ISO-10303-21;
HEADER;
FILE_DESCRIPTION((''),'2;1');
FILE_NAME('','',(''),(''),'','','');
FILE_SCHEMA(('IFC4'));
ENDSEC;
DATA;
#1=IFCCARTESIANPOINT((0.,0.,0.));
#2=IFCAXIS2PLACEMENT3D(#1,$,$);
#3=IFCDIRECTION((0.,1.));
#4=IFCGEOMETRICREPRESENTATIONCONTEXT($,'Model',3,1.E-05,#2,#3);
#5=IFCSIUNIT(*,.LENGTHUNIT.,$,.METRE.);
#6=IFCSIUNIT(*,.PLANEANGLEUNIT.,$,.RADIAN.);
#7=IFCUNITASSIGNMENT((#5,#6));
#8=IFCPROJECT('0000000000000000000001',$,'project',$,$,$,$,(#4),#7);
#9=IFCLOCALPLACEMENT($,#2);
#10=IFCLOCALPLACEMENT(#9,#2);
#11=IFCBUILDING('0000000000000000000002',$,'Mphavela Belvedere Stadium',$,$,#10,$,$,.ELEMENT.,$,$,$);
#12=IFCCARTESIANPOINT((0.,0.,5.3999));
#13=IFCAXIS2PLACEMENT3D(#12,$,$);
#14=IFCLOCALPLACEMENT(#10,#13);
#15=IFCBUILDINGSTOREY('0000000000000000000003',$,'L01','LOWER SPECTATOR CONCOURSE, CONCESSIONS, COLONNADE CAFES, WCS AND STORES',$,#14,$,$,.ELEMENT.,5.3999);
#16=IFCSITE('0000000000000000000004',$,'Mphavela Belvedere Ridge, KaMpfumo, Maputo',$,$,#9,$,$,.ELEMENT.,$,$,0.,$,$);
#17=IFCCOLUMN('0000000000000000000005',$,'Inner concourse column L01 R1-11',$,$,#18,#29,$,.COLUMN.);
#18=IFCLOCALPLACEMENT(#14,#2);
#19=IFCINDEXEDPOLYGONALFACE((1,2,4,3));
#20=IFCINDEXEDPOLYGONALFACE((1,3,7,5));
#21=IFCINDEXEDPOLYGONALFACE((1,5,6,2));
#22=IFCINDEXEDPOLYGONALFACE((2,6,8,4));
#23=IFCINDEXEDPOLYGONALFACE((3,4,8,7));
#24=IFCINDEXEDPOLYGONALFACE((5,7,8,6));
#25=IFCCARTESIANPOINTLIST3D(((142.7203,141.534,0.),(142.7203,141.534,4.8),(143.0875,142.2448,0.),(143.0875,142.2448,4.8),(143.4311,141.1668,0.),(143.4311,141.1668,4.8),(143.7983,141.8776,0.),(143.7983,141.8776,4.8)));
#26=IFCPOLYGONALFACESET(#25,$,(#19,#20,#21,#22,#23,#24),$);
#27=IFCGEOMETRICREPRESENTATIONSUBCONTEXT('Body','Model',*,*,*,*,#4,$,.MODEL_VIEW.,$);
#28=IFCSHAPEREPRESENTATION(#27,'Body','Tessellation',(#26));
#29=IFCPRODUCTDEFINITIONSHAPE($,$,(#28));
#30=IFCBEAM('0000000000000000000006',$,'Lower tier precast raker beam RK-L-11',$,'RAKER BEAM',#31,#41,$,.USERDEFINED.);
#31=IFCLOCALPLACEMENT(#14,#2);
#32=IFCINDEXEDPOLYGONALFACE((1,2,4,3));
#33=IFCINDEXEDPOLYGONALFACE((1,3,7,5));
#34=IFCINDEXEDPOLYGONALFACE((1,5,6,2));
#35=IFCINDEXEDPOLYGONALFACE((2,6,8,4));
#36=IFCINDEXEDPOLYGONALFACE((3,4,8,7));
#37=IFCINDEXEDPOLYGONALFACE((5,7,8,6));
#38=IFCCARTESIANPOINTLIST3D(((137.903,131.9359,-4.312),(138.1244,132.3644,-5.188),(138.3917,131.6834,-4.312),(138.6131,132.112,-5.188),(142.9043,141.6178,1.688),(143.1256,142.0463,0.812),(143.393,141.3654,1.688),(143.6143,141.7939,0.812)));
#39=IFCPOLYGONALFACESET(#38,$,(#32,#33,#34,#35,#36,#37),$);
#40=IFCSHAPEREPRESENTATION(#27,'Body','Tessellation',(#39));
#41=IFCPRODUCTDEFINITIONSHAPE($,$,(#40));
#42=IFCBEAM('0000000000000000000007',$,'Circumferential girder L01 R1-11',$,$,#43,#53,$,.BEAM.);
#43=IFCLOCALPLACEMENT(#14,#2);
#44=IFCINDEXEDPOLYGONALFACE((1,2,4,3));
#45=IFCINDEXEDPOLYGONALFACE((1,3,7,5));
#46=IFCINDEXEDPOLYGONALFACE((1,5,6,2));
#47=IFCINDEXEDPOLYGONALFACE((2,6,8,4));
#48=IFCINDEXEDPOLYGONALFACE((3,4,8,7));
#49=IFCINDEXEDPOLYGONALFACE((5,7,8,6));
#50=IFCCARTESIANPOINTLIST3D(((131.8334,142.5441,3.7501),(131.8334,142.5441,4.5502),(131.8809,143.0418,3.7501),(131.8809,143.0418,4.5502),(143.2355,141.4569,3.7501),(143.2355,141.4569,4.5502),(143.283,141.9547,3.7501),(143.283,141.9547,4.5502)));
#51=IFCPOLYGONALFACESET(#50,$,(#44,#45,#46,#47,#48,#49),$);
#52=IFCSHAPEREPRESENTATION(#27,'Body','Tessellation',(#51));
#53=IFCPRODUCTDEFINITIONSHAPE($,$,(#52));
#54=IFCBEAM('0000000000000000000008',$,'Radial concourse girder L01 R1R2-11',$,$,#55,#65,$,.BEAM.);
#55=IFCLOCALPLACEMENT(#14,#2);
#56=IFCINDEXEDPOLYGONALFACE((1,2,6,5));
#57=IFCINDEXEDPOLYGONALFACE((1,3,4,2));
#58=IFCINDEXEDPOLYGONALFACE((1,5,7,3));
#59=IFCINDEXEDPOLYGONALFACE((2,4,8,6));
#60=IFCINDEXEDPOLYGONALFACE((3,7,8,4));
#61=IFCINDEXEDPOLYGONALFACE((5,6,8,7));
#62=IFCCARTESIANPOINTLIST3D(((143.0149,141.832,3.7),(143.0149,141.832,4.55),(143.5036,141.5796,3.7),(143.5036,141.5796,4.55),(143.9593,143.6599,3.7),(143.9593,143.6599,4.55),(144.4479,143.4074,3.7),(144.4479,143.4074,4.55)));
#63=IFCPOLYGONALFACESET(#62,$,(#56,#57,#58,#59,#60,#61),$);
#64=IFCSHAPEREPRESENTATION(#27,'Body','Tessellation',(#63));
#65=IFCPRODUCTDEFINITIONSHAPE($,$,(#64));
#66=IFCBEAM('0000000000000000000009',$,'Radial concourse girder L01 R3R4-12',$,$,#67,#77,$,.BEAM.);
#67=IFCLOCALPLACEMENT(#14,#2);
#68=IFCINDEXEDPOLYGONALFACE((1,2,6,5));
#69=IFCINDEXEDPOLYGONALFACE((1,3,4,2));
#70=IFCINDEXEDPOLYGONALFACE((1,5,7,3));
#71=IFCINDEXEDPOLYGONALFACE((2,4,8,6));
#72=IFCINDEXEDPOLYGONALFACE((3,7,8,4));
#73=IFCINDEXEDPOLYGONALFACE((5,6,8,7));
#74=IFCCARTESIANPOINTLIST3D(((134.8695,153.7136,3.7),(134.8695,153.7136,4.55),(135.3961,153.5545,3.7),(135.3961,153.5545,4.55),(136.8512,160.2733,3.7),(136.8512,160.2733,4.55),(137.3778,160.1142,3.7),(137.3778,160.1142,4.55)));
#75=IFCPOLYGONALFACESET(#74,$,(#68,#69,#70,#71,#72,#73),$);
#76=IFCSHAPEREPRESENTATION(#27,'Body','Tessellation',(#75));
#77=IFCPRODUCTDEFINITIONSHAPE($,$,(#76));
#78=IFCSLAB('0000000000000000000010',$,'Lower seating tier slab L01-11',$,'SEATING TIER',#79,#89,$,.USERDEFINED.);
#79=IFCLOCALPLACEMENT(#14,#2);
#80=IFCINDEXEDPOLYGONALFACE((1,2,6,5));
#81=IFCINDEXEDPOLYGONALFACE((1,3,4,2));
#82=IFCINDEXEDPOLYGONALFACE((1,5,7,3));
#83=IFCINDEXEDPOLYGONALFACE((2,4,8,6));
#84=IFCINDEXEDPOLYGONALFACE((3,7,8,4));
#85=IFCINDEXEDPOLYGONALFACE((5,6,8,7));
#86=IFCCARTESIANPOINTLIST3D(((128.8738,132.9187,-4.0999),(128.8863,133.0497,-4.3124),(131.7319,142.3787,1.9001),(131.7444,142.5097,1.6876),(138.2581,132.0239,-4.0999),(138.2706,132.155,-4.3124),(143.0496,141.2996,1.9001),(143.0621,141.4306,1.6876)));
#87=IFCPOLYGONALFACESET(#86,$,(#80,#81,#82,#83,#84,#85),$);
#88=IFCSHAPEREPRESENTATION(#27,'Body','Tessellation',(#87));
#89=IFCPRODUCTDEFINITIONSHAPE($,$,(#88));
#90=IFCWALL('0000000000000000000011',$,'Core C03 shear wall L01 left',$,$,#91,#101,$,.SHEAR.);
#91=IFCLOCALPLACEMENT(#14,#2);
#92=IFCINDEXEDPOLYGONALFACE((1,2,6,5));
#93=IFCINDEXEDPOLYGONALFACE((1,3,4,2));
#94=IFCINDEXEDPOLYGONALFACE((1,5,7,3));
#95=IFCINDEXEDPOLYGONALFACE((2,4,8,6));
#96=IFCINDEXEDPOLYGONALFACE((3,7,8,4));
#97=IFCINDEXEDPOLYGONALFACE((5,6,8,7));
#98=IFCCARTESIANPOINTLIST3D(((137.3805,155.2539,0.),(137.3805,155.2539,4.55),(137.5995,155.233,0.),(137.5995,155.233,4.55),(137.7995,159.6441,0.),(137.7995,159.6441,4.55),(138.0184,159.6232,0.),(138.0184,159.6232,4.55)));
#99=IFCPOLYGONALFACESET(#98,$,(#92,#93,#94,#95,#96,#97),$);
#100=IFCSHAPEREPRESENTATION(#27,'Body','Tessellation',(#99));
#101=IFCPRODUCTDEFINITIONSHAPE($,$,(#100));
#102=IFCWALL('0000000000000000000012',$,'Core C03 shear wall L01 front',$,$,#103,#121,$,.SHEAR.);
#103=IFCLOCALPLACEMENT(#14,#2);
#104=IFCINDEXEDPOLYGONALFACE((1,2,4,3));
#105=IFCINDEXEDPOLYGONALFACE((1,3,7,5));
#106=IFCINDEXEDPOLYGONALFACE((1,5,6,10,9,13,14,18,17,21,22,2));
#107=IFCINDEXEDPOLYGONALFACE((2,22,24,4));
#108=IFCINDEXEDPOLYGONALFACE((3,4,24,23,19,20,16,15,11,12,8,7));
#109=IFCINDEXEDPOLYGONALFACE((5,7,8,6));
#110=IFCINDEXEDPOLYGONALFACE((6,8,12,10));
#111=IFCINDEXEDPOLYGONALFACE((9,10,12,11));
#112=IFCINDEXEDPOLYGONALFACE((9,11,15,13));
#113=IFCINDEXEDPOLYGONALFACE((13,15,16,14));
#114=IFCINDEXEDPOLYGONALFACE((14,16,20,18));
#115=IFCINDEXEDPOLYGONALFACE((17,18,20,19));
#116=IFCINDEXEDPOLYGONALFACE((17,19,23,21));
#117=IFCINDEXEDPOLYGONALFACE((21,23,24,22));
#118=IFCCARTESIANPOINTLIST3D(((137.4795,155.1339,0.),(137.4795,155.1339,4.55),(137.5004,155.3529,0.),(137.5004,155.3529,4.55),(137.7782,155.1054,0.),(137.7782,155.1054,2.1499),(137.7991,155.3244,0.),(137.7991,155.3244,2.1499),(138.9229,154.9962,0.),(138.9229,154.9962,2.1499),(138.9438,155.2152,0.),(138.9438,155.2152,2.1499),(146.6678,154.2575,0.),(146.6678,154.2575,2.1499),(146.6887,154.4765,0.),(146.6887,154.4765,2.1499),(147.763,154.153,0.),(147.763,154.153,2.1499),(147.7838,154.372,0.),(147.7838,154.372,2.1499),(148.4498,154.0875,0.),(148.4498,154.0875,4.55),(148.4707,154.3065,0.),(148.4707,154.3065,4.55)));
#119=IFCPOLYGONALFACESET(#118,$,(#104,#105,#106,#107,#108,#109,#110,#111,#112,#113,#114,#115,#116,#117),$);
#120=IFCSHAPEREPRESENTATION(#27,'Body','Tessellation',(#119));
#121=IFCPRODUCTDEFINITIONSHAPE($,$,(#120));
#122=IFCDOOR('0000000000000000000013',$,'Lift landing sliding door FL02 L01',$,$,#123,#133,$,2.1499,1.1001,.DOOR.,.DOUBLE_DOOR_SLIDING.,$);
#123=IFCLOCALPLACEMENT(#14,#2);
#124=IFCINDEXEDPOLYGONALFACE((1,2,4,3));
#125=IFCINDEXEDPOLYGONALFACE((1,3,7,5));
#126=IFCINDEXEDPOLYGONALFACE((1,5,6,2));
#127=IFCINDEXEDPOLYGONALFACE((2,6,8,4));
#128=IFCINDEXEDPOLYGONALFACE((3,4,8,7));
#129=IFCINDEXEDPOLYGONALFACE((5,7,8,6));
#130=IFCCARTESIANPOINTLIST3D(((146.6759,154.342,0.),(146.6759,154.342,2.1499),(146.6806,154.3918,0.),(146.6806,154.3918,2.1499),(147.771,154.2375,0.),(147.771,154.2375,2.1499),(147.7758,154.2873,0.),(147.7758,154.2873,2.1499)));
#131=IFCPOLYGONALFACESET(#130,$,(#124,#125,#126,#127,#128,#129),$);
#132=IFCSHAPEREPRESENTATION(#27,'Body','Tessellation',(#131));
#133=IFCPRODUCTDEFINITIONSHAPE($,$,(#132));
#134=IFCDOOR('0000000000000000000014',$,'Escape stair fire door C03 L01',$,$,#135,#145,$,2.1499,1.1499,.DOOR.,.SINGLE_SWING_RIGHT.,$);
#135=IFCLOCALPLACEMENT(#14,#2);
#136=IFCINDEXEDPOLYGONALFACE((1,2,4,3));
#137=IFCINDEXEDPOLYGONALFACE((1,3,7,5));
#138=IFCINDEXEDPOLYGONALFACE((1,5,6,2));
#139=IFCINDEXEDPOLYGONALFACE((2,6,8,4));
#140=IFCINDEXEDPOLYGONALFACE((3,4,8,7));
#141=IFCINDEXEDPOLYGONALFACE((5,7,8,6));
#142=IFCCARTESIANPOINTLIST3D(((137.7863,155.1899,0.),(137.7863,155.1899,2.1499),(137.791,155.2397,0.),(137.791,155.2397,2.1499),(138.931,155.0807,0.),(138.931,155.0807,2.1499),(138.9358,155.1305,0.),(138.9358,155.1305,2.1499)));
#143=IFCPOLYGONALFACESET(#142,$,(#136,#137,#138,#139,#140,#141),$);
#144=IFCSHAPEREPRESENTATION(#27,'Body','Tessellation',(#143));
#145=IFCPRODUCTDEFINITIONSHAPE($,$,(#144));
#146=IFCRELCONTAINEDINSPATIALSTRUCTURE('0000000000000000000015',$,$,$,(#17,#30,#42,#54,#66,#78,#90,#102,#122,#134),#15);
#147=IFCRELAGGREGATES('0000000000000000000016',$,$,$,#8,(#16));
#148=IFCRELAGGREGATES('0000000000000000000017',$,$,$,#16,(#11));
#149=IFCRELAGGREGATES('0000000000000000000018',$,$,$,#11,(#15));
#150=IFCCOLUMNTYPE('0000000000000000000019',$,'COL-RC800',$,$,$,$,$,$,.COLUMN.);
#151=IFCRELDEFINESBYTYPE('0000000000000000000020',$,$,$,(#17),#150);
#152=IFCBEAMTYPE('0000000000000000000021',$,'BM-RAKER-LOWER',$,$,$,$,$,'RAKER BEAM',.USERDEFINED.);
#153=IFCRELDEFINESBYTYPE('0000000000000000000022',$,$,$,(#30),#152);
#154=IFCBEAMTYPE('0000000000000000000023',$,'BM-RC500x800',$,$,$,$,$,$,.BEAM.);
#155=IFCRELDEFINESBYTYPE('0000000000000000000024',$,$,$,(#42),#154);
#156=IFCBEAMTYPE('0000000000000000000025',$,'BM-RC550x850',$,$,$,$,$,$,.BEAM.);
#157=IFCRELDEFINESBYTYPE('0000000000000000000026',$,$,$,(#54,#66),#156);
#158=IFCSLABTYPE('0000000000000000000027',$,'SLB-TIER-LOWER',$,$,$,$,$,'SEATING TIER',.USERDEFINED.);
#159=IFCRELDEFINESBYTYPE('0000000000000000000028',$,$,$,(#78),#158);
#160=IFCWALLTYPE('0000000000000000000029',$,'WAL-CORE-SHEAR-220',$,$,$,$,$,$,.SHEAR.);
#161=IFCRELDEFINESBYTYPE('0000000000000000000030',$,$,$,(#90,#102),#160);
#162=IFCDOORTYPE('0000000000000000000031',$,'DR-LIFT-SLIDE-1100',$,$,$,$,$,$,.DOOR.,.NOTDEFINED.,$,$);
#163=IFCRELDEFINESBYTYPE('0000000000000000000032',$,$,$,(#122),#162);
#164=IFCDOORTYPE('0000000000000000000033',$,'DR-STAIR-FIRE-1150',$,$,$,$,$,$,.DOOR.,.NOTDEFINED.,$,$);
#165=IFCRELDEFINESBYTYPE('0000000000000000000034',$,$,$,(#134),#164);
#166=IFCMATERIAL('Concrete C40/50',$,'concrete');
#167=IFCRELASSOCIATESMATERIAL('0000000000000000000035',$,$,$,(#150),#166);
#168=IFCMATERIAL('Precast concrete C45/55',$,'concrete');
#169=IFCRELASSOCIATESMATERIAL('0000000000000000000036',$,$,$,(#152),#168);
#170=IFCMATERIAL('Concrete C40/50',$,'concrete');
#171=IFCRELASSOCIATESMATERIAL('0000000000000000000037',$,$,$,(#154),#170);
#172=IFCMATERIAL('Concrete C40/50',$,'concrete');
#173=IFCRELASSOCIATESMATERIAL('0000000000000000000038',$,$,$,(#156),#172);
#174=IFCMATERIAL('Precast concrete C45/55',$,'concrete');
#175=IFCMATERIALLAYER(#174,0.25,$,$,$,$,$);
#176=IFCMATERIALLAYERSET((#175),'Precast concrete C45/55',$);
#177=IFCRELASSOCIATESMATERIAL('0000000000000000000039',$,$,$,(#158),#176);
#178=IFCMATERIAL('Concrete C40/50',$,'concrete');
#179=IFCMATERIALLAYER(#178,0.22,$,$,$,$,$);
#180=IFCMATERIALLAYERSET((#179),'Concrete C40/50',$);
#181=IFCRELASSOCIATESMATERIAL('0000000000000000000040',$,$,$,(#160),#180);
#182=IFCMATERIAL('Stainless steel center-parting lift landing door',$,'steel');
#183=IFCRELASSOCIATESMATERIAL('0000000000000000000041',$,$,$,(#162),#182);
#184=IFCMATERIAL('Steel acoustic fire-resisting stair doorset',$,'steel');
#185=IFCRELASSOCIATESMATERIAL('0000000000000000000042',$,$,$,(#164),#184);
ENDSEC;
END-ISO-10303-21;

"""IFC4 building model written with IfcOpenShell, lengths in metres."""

from ifc_helpers import new_model, si_unit, direction, frame, frame_2d, origin, origin_2d, place, context, subcontext, project, spatial, polyline, rectangle, outline, extrude, material, layer, layer_set, material_profile, profile_set, type_object, element, fill, save


model = new_model("IFC4")

# Units and contexts
model_context = context("Model", 3, precision=1e-05, world=origin(), true_north=direction((0.0, 1.0)))
body_context = subcontext(model_context, "Body", "Model", "MODEL_VIEW")
ifc_project = project(units=[si_unit("LENGTHUNIT", "METRE"), si_unit("PLANEANGLEUNIT", "RADIAN")], contexts=[model_context])

# Site, building, storey
site_placement = place(None, origin())
site = spatial("IfcSite", under=ifc_project, at=site_placement, Name="Mphavela Belvedere Ridge, KaMpfumo, Maputo", CompositionType="ELEMENT", RefElevation=0.0)
building_placement = place(site_placement, origin())
building = spatial("IfcBuilding", under=site, at=building_placement, Name="Mphavela Belvedere Stadium", CompositionType="ELEMENT")
storey_placement = place(building_placement, frame((0.0, 0.0, 5.3999)))
storey = spatial("IfcBuildingStorey", under=building, at=storey_placement, Name="L01", Description="LOWER SPECTATOR CONCOURSE, CONCESSIONS, COLONNADE CAFES, WCS AND STORES", CompositionType="ELEMENT", Elevation=5.3999)

# Column
ifc_material_1 = material(Name="Concrete C40/50", Category="concrete")
ifc_material_profile_1 = material_profile(ifc_material_1, rectangle(XDim=0.8, YDim=0.8, at=origin_2d()), Name="RC 800x800")
ifc_profile_set_1 = profile_set([ifc_material_profile_1], Name="Concrete C40/50")
column_type = type_object("IfcColumnType", Name="COL-RC800", PredefinedType="COLUMN", material=ifc_profile_set_1)
column_placement = place(storey_placement, frame((143.2593, 141.7058, 0.0), z_axis=(0.0, 0.0, 1.0), x_axis=(0.45896, 0.888457, 0.0)))
element("IfcColumn", 1, at=column_placement, inside=storey, type_object=column_type, Name="Inner concourse column L01 R1-11", PredefinedType="COLUMN", context=body_context, shape_type="SweptSolid", body=[
    extrude(rectangle(XDim=0.8, YDim=0.8, at=origin_2d()), origin(), (0.0, 0.0, 1.0), 4.8),
])

# Beams
ifc_material_2 = material(Name="Precast concrete C45/55", Category="concrete")
ifc_material_profile_2 = material_profile(ifc_material_2, rectangle(XDim=0.55, YDim=1.0, at=origin_2d()), Name="PC 550x1000")
ifc_profile_set_2 = profile_set([ifc_material_profile_2], Name="Precast concrete C45/55")
beam_type_1 = type_object("IfcBeamType", Name="BM-RAKER-LOWER", ElementType="RAKER BEAM", PredefinedType="USERDEFINED", material=ifc_profile_set_2)
beam_1_placement = place(storey_placement, frame((138.2581, 132.0239, -4.75), z_axis=(0.402031, 0.778293, 0.482319), x_axis=(-0.888467, 0.458941, 0.0)))
element("IfcBeam", 2, at=beam_1_placement, inside=storey, type_object=beam_type_1, Name="Lower tier precast raker beam RK-L-11", ObjectType="RAKER BEAM", PredefinedType="USERDEFINED", context=body_context, shape_type="SweptSolid", body=[
    extrude(rectangle(XDim=0.55, YDim=1.0, at=origin_2d()), origin(), (0.0, 0.0, 1.0), 12.4399),
])
ifc_material_3 = material(Name="Concrete C40/50", Category="concrete")
ifc_material_profile_3 = material_profile(ifc_material_3, rectangle(XDim=0.5, YDim=0.8, at=origin_2d()), Name="RC 500x800")
ifc_profile_set_3 = profile_set([ifc_material_profile_3], Name="Concrete C40/50")
beam_type_2 = type_object("IfcBeamType", Name="BM-RC500x800", PredefinedType="BEAM", material=ifc_profile_set_3)
beam_2_placement = place(storey_placement, frame((143.2593, 141.7058, 4.1501), z_axis=(-0.995485, 0.094917, 0.0), x_axis=(-0.094917, -0.995485, 0.0)))
element("IfcBeam", 3, at=beam_2_placement, inside=storey, type_object=beam_type_2, Name="Circumferential girder L01 R1-11", PredefinedType="BEAM", context=body_context, shape_type="SweptSolid", body=[
    extrude(rectangle(XDim=0.5, YDim=0.8, at=origin_2d()), origin(), (0.0, 0.0, 1.0), 11.4539),
])
ifc_material_4 = material(Name="Concrete C40/50", Category="concrete")
ifc_material_profile_4 = material_profile(ifc_material_4, rectangle(XDim=0.55, YDim=0.8501, at=origin_2d()), Name="RC 550x850")
ifc_profile_set_4 = profile_set([ifc_material_profile_4], Name="Concrete C40/50")
beam_type_3 = type_object("IfcBeamType", Name="BM-RC550x850", PredefinedType="BEAM", material=ifc_profile_set_4)
beam_3_placement = place(storey_placement, frame((143.2593, 141.7058, 4.125), z_axis=(0.458994, 0.88844, 0.0), x_axis=(-0.88844, 0.458994, 0.0)))
element("IfcBeam", 4, at=beam_3_placement, inside=storey, type_object=beam_type_3, Name="Radial concourse girder L01 R1R2-11", PredefinedType="BEAM", context=body_context, shape_type="SweptSolid", body=[
    extrude(rectangle(XDim=0.55, YDim=0.8501, at=origin_2d()), origin(), (0.0, 0.0, 1.0), 2.0574),
])
beam_4_placement = place(storey_placement, frame((135.1328, 153.634, 4.125), z_axis=(0.289188, 0.957272, 0.0), x_axis=(-0.957272, 0.289188, 0.0)))
element("IfcBeam", 5, at=beam_4_placement, inside=storey, type_object=beam_type_3, Name="Radial concourse girder L01 R3R4-12", PredefinedType="BEAM", context=body_context, shape_type="SweptSolid", body=[
    extrude(rectangle(XDim=0.55, YDim=0.8501, at=origin_2d()), origin(), (0.0, 0.0, 1.0), 6.8525),
])

# Slab
ifc_material_5 = material(Name="Precast concrete C45/55", Category="concrete")
ifc_layer_1 = layer(ifc_material_5, 0.25)
ifc_layer_set_1 = layer_set([ifc_layer_1], Name="Precast concrete C45/55")
slab_type = type_object("IfcSlabType", Name="SLB-TIER-LOWER", ElementType="SEATING TIER", PredefinedType="USERDEFINED", material=ifc_layer_set_1)
slab_placement = place(storey_placement, frame((138.2581, 132.0239, -4.0999), z_axis=(-0.049974, -0.524125, 0.850174), x_axis=(-0.995485, 0.094918, 0.0)))
element("IfcSlab", 6, at=slab_placement, inside=storey, type_object=slab_type, Name="Lower seating tier slab L01-11", ObjectType="SEATING TIER", PredefinedType="USERDEFINED", context=body_context, shape_type="SweptSolid", body=[
    extrude(outline(polyline([(0.0, 0.0), (9.4268, 0.0), (7.4795, -11.396), (-3.8894, -11.396), (0.0, 0.0)])), origin(), (0.0, 0.0, -1.0), 0.25),
])

# Wall
ifc_material_6 = material(Name="Concrete C40/50", Category="concrete")
ifc_layer_2 = layer(ifc_material_6, 0.22)
ifc_layer_set_2 = layer_set([ifc_layer_2], Name="Concrete C40/50")
wall_type_1 = type_object("IfcWallType", Name="WAL-CORE-SHEAR-220", PredefinedType="SHEAR", material=ifc_layer_set_2)
wall_1_placement = place(storey_placement, frame((137.49, 155.2434, 0.0), z_axis=(0.0, 0.0, 1.0), x_axis=(0.094997, 0.995478, 0.0)))
element("IfcWall", 7, at=wall_1_placement, inside=storey, type_object=wall_type_1, Name="Core C03 shear wall L01 left", PredefinedType="SHEAR", context=body_context, shape_type="SweptSolid", body=[
    extrude(rectangle(XDim=4.4102, YDim=0.22, at=frame_2d((2.2051, 0.0))), origin(), (0.0, 0.0, 1.0), 4.55),
])

# Wall, openings, doors
wall_2_placement = place(storey_placement, frame((137.49, 155.2434, 0.0), z_axis=(0.0, 0.0, 1.0), x_axis=(0.995482, -0.094953, 0.0)))
wall_2 = element("IfcWall", 8, at=wall_2_placement, inside=storey, type_object=wall_type_1, Name="Core C03 shear wall L01 front", PredefinedType="SHEAR", context=body_context, shape_type="SweptSolid", body=[
    extrude(rectangle(XDim=11.02, YDim=0.22, at=frame_2d((5.51, 0.0))), origin(), (0.0, 0.0, 1.0), 4.55),
])
opening_1_placement = place(wall_2_placement, frame((0.3, 0.0, 0.0)))
opening_1 = element("IfcOpeningElement", 9, at=opening_1_placement, cuts=wall_2, PredefinedType="OPENING", context=body_context, shape_type="SweptSolid", body=[
    extrude(rectangle(XDim=1.1499, YDim=2.1499, at=frame_2d((0.575, 1.075))), frame((0.0, 0.1201, 0.0), z_axis=(0.0, -1.0, 0.0), x_axis=(1.0, 0.0, 0.0)), (0.0, 0.0, 1.0), 0.24),
])
opening_2_placement = place(wall_2_placement, frame((9.23, 0.0, 0.0)))
opening_2 = element("IfcOpeningElement", 10, at=opening_2_placement, cuts=wall_2, PredefinedType="OPENING", context=body_context, shape_type="SweptSolid", body=[
    extrude(rectangle(XDim=1.1001, YDim=2.1499, at=frame_2d((0.55, 1.075))), frame((0.0, 0.1201, 0.0), z_axis=(0.0, -1.0, 0.0), x_axis=(1.0, 0.0, 0.0)), (0.0, 0.0, 1.0), 0.24),
])
ifc_material_7 = material(Name="Stainless steel center-parting lift landing door", Category="steel")
door_type_1 = type_object("IfcDoorType", Name="DR-LIFT-SLIDE-1100", OperationType="NOTDEFINED", PredefinedType="DOOR", material=ifc_material_7)
door_1_placement = place(opening_2_placement, origin())
door_1 = element("IfcDoor", 11, at=door_1_placement, inside=storey, type_object=door_type_1, Name="Lift landing sliding door FL02 L01", OperationType="DOUBLE_DOOR_SLIDING", OverallHeight=2.1499, OverallWidth=1.1001, PredefinedType="DOOR", context=body_context, shape_type="SweptSolid", body=[
    extrude(rectangle(XDim=1.1001, YDim=2.1499, at=frame_2d((0.55, 1.075))), frame((0.0, 0.0249, 0.0), z_axis=(0.0, -1.0, 0.0), x_axis=(1.0, 0.0, 0.0)), (0.0, 0.0, 1.0), 0.05),
])
fill(opening_2, door_1)
ifc_material_8 = material(Name="Steel acoustic fire-resisting stair doorset", Category="steel")
door_type_2 = type_object("IfcDoorType", Name="DR-STAIR-FIRE-1150", OperationType="NOTDEFINED", PredefinedType="DOOR", material=ifc_material_8)
door_2_placement = place(opening_1_placement, origin())
door_2 = element("IfcDoor", 12, at=door_2_placement, inside=storey, type_object=door_type_2, Name="Escape stair fire door C03 L01", OperationType="SINGLE_SWING_RIGHT", OverallHeight=2.1499, OverallWidth=1.1499, PredefinedType="DOOR", context=body_context, shape_type="SweptSolid", body=[
    extrude(rectangle(XDim=1.1499, YDim=2.1499, at=frame_2d((0.575, 1.075))), frame((0.0, 0.0249, 0.0), z_axis=(0.0, -1.0, 0.0), x_axis=(1.0, 0.0, 0.0)), (0.0, 0.0, 1.0), 0.05),
])
fill(opening_1, door_2)

save(model, "model.ifc")
